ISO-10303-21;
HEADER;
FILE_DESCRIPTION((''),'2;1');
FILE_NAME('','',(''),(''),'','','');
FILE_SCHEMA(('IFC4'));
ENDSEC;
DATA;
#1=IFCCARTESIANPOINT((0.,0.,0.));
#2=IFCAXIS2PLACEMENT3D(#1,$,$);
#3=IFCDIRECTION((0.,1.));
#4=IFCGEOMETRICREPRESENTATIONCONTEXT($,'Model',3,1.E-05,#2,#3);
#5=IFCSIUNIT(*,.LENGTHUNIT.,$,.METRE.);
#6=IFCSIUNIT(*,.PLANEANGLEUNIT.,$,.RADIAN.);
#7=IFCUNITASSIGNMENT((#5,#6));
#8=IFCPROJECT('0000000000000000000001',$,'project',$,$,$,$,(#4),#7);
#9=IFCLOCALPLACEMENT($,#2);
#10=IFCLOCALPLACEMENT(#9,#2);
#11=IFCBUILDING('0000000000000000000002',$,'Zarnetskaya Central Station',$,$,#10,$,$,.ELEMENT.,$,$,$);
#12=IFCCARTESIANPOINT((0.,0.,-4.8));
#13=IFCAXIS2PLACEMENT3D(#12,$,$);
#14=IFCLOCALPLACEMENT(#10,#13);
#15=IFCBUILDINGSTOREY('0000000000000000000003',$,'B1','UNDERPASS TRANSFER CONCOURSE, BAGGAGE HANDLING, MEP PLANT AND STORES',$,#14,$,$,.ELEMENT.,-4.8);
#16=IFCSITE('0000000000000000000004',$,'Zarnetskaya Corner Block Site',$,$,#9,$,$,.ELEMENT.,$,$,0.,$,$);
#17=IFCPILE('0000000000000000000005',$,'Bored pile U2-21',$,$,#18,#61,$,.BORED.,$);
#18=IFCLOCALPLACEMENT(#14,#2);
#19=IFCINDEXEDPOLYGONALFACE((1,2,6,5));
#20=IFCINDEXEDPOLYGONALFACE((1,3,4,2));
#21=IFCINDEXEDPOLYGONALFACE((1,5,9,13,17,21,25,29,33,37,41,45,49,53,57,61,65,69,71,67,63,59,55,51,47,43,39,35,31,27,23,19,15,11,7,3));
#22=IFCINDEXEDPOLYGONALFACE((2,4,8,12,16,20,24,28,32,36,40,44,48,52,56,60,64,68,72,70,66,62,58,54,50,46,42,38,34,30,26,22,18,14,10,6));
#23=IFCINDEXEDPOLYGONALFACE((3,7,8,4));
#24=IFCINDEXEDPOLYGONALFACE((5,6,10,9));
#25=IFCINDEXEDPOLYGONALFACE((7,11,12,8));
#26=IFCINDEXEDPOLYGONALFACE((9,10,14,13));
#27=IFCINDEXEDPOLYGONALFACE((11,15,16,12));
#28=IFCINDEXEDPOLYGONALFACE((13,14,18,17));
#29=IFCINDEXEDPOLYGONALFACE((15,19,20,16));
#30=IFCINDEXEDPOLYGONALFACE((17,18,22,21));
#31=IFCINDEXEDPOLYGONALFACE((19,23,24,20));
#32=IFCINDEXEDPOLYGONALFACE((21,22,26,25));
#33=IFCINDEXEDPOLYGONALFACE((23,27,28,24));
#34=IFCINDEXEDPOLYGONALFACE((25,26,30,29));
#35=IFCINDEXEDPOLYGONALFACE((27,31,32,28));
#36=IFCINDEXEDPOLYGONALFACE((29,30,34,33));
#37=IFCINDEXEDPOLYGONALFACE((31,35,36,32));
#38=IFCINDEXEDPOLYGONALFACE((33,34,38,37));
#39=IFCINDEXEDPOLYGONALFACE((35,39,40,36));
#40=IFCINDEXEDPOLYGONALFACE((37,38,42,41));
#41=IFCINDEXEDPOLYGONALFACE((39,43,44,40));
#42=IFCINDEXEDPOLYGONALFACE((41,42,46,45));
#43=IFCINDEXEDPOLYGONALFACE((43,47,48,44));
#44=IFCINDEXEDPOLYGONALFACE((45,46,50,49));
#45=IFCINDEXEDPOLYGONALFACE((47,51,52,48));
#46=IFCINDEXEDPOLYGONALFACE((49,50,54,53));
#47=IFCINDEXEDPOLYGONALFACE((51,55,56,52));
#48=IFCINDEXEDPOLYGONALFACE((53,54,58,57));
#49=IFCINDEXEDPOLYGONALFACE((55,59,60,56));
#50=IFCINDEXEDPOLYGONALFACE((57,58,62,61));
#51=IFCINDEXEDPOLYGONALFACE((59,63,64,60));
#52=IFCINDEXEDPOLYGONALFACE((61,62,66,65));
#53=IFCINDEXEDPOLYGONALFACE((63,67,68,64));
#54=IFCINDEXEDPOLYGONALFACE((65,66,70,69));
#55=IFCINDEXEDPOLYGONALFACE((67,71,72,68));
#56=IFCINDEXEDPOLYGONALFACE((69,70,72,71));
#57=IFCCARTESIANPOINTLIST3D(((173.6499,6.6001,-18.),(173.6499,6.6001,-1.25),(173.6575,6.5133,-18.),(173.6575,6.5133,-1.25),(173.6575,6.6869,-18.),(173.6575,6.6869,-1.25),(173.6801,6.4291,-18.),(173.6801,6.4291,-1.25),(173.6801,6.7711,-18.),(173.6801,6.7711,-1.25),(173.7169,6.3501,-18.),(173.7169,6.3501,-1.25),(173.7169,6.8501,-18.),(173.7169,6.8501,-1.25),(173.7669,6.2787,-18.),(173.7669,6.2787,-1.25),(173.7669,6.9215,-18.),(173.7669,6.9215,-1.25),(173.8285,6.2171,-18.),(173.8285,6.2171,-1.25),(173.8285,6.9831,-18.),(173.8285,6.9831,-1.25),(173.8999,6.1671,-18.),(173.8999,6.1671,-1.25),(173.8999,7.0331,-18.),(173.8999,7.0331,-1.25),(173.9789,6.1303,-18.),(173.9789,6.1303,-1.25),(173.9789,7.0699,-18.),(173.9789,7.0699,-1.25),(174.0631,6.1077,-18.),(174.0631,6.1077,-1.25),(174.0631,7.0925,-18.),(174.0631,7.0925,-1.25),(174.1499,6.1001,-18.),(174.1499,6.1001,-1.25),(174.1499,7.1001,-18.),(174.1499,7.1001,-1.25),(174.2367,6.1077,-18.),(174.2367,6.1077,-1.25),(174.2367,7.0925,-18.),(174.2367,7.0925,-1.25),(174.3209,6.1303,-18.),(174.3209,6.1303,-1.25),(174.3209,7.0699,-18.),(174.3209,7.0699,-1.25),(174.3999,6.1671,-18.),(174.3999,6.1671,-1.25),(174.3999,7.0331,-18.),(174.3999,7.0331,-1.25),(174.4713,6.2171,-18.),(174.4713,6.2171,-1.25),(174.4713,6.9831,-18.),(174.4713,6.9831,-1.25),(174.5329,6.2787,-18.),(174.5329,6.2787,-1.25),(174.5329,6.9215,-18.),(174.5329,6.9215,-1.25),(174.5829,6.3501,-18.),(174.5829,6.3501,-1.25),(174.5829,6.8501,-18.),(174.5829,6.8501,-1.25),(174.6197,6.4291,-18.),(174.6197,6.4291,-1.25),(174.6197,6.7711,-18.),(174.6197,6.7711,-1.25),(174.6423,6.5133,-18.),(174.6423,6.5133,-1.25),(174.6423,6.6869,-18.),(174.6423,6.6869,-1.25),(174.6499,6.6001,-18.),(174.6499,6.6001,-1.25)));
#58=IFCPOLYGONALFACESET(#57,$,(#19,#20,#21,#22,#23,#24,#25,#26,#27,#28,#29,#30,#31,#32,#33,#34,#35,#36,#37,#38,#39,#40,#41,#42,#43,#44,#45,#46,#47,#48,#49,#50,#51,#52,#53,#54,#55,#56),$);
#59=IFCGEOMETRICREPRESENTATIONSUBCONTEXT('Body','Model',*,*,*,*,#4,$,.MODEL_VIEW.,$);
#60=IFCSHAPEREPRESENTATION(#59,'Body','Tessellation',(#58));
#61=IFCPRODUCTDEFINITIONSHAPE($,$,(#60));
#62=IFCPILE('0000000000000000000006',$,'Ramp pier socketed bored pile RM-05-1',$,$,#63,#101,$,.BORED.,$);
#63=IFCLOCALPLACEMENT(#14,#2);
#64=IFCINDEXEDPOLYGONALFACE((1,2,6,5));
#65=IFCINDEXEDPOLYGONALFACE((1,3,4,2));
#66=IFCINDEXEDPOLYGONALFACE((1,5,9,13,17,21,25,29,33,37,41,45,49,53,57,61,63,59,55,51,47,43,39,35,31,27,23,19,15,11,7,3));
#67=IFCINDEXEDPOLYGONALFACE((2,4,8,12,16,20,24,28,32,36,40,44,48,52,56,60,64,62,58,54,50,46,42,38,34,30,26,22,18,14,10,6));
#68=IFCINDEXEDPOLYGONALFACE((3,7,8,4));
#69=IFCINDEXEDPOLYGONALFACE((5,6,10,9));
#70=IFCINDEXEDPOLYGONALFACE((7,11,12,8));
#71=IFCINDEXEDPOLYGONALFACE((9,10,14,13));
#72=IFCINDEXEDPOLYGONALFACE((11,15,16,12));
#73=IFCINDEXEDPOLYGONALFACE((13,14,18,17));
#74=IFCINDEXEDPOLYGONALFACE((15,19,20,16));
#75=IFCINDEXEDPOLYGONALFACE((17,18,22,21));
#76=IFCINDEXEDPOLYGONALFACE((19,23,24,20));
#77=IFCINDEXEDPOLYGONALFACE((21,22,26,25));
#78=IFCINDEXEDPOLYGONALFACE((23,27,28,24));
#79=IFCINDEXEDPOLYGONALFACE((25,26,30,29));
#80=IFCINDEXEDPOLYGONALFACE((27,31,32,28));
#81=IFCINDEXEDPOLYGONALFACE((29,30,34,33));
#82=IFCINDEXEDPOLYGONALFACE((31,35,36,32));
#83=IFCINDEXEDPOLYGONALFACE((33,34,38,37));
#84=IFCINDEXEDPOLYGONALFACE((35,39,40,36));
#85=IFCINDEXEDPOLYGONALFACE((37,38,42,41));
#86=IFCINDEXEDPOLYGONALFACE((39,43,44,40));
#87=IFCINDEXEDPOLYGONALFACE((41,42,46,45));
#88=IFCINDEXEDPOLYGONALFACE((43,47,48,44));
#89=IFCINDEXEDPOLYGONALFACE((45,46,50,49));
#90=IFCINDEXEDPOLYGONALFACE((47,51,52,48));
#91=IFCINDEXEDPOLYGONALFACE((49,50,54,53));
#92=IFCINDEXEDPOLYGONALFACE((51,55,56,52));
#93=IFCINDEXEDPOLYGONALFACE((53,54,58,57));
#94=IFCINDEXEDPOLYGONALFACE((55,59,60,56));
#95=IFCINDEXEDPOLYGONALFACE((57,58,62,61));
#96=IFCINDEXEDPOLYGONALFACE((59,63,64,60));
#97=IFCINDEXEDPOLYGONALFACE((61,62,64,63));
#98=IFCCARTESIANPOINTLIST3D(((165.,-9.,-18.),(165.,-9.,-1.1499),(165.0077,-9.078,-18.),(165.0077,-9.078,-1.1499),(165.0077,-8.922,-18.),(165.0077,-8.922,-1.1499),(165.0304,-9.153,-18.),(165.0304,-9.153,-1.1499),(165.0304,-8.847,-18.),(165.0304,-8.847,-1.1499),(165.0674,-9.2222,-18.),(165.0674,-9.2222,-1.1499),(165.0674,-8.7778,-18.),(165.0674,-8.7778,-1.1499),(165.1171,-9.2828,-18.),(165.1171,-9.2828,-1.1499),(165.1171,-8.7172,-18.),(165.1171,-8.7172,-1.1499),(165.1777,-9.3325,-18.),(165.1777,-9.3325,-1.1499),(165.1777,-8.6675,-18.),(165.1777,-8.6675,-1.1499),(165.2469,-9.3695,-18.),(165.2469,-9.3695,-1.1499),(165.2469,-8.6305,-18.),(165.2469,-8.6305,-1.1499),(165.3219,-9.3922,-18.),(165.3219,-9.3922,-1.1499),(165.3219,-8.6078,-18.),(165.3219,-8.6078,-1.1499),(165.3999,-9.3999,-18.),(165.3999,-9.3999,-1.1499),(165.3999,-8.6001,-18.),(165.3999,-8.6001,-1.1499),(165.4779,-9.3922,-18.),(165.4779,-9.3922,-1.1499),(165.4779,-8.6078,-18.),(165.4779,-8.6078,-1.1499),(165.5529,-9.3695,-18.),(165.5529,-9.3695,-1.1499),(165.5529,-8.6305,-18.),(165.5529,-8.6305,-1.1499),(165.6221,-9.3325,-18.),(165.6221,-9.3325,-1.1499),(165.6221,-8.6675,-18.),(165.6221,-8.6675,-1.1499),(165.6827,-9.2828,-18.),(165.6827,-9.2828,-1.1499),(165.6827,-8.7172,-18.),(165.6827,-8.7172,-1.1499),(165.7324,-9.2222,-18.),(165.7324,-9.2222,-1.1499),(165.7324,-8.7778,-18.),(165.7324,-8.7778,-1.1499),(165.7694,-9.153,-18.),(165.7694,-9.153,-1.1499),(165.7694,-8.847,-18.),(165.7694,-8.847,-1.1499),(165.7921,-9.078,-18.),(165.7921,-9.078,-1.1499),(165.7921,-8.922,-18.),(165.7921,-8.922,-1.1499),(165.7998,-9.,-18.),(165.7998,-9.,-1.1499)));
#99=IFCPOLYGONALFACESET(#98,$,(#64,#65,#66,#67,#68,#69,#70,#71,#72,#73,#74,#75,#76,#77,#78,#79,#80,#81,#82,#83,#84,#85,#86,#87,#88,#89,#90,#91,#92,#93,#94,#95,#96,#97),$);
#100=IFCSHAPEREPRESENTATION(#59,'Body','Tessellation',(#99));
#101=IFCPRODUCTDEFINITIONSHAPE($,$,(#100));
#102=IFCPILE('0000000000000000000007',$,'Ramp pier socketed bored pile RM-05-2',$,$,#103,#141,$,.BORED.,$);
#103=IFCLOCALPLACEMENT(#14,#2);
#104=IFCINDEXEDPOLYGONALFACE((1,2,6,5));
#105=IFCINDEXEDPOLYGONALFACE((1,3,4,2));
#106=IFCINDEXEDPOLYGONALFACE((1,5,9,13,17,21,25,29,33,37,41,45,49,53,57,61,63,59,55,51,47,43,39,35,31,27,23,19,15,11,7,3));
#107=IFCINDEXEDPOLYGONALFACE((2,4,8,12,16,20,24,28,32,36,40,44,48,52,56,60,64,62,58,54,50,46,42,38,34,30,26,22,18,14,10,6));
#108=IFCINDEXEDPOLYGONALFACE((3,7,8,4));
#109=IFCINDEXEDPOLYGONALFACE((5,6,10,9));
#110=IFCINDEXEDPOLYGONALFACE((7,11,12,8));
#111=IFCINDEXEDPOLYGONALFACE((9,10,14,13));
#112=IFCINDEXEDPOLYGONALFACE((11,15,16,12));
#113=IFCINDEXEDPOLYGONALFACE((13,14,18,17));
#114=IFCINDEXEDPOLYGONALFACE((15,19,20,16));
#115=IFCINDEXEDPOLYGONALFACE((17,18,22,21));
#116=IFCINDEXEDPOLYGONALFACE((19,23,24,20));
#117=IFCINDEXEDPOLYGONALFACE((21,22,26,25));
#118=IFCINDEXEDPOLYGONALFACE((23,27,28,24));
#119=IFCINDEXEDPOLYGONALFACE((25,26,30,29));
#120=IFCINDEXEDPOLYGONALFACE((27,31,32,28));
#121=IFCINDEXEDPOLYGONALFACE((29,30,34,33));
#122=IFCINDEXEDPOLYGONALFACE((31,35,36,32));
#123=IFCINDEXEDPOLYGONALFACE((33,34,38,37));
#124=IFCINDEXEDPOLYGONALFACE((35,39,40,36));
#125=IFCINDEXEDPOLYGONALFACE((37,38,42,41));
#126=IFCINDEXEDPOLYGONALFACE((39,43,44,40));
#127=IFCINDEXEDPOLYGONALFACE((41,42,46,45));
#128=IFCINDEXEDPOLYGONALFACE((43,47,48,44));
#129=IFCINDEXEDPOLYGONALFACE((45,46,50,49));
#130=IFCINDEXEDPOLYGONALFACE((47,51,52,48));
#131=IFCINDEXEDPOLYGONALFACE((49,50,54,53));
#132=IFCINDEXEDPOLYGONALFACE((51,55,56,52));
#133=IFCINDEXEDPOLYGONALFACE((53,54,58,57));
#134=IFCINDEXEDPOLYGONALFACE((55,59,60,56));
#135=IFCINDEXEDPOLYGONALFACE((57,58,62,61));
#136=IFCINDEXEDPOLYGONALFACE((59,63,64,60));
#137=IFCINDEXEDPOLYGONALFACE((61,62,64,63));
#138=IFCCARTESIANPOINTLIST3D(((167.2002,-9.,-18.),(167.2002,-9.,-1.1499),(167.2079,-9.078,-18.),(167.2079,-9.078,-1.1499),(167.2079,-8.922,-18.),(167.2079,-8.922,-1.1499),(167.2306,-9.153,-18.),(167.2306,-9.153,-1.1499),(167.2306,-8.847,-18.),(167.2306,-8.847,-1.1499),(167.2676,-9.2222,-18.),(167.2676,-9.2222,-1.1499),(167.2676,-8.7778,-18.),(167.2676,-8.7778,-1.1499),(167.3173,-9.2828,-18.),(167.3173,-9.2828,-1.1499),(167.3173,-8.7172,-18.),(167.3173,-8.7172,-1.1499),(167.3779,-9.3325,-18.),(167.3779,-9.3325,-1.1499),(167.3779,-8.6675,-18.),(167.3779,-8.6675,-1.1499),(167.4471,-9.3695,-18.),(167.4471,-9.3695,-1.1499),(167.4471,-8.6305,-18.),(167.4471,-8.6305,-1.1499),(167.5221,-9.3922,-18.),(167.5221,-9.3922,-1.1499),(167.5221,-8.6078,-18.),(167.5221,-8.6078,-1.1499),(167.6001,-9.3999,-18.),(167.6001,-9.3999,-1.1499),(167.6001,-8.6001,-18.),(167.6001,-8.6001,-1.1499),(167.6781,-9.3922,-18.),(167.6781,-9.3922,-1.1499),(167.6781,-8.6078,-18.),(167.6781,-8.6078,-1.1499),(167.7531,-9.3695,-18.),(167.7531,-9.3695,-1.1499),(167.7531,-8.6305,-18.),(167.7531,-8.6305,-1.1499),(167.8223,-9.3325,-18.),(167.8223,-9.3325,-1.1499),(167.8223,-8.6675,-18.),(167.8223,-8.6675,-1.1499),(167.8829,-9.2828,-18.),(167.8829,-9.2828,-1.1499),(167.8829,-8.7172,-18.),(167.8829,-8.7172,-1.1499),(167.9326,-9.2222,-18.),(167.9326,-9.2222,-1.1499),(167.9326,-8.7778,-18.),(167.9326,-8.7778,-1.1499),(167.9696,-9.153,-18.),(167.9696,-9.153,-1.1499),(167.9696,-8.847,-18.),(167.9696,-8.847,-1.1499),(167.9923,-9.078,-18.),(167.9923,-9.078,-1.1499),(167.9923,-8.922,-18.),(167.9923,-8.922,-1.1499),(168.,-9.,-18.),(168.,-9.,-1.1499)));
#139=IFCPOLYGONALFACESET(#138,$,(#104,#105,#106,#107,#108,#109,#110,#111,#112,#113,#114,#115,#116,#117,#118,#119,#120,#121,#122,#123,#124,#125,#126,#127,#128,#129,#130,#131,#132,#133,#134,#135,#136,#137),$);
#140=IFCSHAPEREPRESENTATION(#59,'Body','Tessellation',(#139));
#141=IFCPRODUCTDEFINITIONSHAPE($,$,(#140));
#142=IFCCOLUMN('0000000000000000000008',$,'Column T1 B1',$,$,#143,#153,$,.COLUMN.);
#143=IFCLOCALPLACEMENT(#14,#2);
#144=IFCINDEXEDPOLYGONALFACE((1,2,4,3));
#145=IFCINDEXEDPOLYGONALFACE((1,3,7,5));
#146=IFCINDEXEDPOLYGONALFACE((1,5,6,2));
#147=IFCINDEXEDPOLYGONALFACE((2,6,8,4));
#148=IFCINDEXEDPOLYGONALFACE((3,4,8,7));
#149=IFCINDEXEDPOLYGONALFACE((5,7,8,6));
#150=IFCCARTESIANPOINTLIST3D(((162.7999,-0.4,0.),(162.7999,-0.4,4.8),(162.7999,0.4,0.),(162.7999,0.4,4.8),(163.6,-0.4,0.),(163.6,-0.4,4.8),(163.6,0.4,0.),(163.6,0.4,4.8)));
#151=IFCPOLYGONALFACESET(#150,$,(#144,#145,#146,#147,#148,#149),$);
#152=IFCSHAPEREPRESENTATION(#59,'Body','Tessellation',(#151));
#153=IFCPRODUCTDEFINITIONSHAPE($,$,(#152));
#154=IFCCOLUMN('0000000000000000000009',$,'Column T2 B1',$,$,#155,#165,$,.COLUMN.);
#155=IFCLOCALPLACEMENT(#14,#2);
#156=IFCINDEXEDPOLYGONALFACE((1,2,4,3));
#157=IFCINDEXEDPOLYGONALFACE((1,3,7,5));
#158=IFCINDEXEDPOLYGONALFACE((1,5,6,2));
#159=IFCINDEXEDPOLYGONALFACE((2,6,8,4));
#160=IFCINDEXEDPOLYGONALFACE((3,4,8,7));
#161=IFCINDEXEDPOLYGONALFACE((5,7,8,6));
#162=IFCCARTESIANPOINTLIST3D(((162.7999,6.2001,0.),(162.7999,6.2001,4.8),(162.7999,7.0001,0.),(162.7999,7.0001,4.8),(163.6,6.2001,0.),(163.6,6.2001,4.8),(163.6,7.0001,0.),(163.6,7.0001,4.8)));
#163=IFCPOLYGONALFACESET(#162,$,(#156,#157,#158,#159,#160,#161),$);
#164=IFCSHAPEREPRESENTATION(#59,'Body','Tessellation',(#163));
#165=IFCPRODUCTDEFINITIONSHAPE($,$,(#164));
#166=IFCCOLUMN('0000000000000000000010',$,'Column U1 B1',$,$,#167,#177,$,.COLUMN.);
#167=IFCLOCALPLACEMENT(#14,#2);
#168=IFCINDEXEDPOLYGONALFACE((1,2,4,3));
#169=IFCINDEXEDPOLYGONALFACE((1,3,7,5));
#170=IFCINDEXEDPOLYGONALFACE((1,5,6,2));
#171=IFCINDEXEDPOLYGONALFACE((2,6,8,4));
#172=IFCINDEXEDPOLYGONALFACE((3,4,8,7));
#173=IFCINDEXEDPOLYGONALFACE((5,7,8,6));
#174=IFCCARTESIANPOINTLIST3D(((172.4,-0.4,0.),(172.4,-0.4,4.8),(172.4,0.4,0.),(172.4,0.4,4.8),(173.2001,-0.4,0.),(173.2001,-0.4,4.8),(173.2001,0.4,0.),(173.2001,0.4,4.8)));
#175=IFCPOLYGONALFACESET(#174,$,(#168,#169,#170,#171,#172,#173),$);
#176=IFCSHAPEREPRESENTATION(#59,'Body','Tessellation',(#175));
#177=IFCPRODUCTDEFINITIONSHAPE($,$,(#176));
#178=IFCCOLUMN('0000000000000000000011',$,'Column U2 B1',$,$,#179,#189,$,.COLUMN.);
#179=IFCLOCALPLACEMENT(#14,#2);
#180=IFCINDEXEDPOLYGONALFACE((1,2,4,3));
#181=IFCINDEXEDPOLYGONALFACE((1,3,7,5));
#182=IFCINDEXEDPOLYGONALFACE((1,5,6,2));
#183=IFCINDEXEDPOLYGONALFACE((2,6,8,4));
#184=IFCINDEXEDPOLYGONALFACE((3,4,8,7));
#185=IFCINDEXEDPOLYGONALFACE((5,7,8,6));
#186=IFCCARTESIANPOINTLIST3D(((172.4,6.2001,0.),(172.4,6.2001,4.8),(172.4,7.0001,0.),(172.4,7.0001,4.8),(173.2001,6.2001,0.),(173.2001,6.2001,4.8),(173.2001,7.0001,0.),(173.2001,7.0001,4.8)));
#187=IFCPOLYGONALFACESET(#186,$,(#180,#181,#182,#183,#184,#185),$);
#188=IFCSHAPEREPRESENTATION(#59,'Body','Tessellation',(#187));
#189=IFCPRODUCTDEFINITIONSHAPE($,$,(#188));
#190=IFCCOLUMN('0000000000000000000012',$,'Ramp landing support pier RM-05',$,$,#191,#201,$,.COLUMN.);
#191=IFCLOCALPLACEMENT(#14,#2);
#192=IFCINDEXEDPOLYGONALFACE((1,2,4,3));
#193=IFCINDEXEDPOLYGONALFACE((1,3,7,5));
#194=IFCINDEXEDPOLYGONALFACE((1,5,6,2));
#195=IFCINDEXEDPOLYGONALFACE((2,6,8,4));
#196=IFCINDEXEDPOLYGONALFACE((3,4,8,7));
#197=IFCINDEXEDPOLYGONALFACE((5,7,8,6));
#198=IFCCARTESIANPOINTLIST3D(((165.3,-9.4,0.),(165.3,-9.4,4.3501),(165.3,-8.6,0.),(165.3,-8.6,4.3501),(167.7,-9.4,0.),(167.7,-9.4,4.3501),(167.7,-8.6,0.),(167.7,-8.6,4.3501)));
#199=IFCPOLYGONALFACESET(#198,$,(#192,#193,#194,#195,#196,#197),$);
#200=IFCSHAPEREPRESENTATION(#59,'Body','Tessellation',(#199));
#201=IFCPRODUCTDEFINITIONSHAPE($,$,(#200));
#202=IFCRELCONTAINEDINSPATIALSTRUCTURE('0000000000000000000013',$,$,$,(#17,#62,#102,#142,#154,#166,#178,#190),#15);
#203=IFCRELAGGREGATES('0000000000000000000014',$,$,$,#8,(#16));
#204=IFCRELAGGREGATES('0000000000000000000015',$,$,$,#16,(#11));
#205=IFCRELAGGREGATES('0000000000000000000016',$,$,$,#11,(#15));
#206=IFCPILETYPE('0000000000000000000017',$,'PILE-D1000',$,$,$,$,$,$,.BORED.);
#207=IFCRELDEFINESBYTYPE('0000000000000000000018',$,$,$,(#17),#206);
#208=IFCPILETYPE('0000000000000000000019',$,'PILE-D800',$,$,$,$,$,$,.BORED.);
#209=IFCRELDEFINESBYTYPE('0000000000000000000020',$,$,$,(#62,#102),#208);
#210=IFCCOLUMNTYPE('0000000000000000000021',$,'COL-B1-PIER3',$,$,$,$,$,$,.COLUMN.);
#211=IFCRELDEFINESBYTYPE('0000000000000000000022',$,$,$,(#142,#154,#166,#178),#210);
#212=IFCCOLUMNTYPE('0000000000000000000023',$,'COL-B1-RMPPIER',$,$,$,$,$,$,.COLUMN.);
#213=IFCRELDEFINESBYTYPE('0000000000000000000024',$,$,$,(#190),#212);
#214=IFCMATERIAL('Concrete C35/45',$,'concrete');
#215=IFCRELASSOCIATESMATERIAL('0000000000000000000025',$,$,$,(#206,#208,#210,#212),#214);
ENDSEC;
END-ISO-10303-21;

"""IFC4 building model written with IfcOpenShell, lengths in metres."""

from ifc_helpers import new_model, si_unit, direction, frame, origin, origin_2d, place, context, subcontext, project, spatial, rectangle, circle, extrude, material, material_profile, profile_set, type_object, element, save


model = new_model("IFC4")

# Units and contexts
model_context = context("Model", 3, precision=1e-05, world=origin(), true_north=direction((0.0, 1.0)))
body_context = subcontext(model_context, "Body", "Model", "MODEL_VIEW")
ifc_project = project(units=[si_unit("LENGTHUNIT", "METRE"), si_unit("PLANEANGLEUNIT", "RADIAN")], contexts=[model_context])

# Site, building, storey
site_placement = place(None, origin())
site = spatial("IfcSite", under=ifc_project, at=site_placement, Name="Zarnetskaya Corner Block Site", CompositionType="ELEMENT", RefElevation=0.0)
building_placement = place(site_placement, origin())
building = spatial("IfcBuilding", under=site, at=building_placement, Name="Zarnetskaya Central Station", CompositionType="ELEMENT")
storey_placement = place(building_placement, frame((0.0, 0.0, -4.8)))
storey = spatial("IfcBuildingStorey", under=building, at=storey_placement, Name="B1", Description="UNDERPASS TRANSFER CONCOURSE, BAGGAGE HANDLING, MEP PLANT AND STORES", CompositionType="ELEMENT", Elevation=-4.8)

# Shared definitions
ifc_material = material(Name="Concrete C35/45", Category="concrete")

# Piles
ifc_material_profile_1 = material_profile(ifc_material, circle(Radius=0.5, at=origin_2d()), Name="BORED PILE D1000")
ifc_profile_set_1 = profile_set([ifc_material_profile_1], Name="Concrete C35/45")
pile_type_1 = type_object("IfcPileType", Name="PILE-D1000", PredefinedType="BORED", material=ifc_profile_set_1)
for number, where, z_axis, x_axis, name in (
    (1, (174.1499, 6.6001, -1.25), (0.0, 0.0, -1.0), (1.0, 0.0, 0.0), "Bored pile U2-21"),
):
    element("IfcPile", number, at=place(storey_placement, frame(where, z_axis=z_axis, x_axis=x_axis)), inside=storey, type_object=pile_type_1, Name=name, PredefinedType="BORED", context=body_context, shape_type="SweptSolid", body=[
        extrude(circle(Radius=0.5, at=origin_2d()), origin(), (0.0, 0.0, 1.0), 16.75),
    ])
ifc_material_profile_2 = material_profile(ifc_material, circle(Radius=0.3999, at=origin_2d()), Name="BORED PILE D800")
ifc_profile_set_2 = profile_set([ifc_material_profile_2], Name="Concrete C35/45")
pile_type_2 = type_object("IfcPileType", Name="PILE-D800", PredefinedType="BORED", material=ifc_profile_set_2)
for number, where, z_axis, x_axis, name in (
    (2, (165.3999, -9.0, -1.1499), (0.0, 0.0, -1.0), (1.0, 0.0, 0.0), "Ramp pier socketed bored pile RM-05-1"),
    (3, (167.6001, -9.0, -1.1499), (0.0, 0.0, -1.0), (1.0, 0.0, 0.0), "Ramp pier socketed bored pile RM-05-2"),
):
    element("IfcPile", number, at=place(storey_placement, frame(where, z_axis=z_axis, x_axis=x_axis)), inside=storey, type_object=pile_type_2, Name=name, PredefinedType="BORED", context=body_context, shape_type="SweptSolid", body=[
        extrude(circle(Radius=0.3999, at=origin_2d()), origin(), (0.0, 0.0, 1.0), 16.8501),
    ])

# Columns
ifc_material_profile_3 = material_profile(ifc_material, rectangle(XDim=0.8, YDim=0.8, at=origin_2d()), Name="RC 800x800")
ifc_profile_set_3 = profile_set([ifc_material_profile_3], Name="Concrete C35/45")
column_type_1 = type_object("IfcColumnType", Name="COL-B1-PIER3", PredefinedType="COLUMN", material=ifc_profile_set_3)
for number, where, z_axis, x_axis, name in (
    (4, (163.2, 0.0, 0.0), (0.0, 0.0, 1.0), (1.0, 0.0, 0.0), "Column T1 B1"),
    (5, (163.2, 6.6001, 0.0), (0.0, 0.0, 1.0), (1.0, 0.0, 0.0), "Column T2 B1"),
    (6, (172.8, 0.0, 0.0), (0.0, 0.0, 1.0), (1.0, 0.0, 0.0), "Column U1 B1"),
    (7, (172.8, 6.6001, 0.0), (0.0, 0.0, 1.0), (1.0, 0.0, 0.0), "Column U2 B1"),
):
    element("IfcColumn", number, at=place(storey_placement, frame(where, z_axis=z_axis, x_axis=x_axis)), inside=storey, type_object=column_type_1, Name=name, PredefinedType="COLUMN", context=body_context, shape_type="SweptSolid", body=[
        extrude(rectangle(XDim=0.8, YDim=0.8, at=origin_2d()), origin(), (0.0, 0.0, 1.0), 4.8),
    ])
ifc_material_profile_4 = material_profile(ifc_material, rectangle(XDim=2.3999, YDim=0.8, at=origin_2d()), Name="RC PIER 2400x800")
ifc_profile_set_4 = profile_set([ifc_material_profile_4], Name="Concrete C35/45")
column_type_2 = type_object("IfcColumnType", Name="COL-B1-RMPPIER", PredefinedType="COLUMN", material=ifc_profile_set_4)
column_placement = place(storey_placement, frame((166.5, -9.0, 0.0), z_axis=(0.0, 0.0, 1.0), x_axis=(1.0, 0.0, 0.0)))
element("IfcColumn", 8, at=column_placement, inside=storey, type_object=column_type_2, Name="Ramp landing support pier RM-05", PredefinedType="COLUMN", context=body_context, shape_type="SweptSolid", body=[
    extrude(rectangle(XDim=2.3999, YDim=0.8, at=origin_2d()), origin(), (0.0, 0.0, 1.0), 4.3501),
])

save(model, "model.ifc")
